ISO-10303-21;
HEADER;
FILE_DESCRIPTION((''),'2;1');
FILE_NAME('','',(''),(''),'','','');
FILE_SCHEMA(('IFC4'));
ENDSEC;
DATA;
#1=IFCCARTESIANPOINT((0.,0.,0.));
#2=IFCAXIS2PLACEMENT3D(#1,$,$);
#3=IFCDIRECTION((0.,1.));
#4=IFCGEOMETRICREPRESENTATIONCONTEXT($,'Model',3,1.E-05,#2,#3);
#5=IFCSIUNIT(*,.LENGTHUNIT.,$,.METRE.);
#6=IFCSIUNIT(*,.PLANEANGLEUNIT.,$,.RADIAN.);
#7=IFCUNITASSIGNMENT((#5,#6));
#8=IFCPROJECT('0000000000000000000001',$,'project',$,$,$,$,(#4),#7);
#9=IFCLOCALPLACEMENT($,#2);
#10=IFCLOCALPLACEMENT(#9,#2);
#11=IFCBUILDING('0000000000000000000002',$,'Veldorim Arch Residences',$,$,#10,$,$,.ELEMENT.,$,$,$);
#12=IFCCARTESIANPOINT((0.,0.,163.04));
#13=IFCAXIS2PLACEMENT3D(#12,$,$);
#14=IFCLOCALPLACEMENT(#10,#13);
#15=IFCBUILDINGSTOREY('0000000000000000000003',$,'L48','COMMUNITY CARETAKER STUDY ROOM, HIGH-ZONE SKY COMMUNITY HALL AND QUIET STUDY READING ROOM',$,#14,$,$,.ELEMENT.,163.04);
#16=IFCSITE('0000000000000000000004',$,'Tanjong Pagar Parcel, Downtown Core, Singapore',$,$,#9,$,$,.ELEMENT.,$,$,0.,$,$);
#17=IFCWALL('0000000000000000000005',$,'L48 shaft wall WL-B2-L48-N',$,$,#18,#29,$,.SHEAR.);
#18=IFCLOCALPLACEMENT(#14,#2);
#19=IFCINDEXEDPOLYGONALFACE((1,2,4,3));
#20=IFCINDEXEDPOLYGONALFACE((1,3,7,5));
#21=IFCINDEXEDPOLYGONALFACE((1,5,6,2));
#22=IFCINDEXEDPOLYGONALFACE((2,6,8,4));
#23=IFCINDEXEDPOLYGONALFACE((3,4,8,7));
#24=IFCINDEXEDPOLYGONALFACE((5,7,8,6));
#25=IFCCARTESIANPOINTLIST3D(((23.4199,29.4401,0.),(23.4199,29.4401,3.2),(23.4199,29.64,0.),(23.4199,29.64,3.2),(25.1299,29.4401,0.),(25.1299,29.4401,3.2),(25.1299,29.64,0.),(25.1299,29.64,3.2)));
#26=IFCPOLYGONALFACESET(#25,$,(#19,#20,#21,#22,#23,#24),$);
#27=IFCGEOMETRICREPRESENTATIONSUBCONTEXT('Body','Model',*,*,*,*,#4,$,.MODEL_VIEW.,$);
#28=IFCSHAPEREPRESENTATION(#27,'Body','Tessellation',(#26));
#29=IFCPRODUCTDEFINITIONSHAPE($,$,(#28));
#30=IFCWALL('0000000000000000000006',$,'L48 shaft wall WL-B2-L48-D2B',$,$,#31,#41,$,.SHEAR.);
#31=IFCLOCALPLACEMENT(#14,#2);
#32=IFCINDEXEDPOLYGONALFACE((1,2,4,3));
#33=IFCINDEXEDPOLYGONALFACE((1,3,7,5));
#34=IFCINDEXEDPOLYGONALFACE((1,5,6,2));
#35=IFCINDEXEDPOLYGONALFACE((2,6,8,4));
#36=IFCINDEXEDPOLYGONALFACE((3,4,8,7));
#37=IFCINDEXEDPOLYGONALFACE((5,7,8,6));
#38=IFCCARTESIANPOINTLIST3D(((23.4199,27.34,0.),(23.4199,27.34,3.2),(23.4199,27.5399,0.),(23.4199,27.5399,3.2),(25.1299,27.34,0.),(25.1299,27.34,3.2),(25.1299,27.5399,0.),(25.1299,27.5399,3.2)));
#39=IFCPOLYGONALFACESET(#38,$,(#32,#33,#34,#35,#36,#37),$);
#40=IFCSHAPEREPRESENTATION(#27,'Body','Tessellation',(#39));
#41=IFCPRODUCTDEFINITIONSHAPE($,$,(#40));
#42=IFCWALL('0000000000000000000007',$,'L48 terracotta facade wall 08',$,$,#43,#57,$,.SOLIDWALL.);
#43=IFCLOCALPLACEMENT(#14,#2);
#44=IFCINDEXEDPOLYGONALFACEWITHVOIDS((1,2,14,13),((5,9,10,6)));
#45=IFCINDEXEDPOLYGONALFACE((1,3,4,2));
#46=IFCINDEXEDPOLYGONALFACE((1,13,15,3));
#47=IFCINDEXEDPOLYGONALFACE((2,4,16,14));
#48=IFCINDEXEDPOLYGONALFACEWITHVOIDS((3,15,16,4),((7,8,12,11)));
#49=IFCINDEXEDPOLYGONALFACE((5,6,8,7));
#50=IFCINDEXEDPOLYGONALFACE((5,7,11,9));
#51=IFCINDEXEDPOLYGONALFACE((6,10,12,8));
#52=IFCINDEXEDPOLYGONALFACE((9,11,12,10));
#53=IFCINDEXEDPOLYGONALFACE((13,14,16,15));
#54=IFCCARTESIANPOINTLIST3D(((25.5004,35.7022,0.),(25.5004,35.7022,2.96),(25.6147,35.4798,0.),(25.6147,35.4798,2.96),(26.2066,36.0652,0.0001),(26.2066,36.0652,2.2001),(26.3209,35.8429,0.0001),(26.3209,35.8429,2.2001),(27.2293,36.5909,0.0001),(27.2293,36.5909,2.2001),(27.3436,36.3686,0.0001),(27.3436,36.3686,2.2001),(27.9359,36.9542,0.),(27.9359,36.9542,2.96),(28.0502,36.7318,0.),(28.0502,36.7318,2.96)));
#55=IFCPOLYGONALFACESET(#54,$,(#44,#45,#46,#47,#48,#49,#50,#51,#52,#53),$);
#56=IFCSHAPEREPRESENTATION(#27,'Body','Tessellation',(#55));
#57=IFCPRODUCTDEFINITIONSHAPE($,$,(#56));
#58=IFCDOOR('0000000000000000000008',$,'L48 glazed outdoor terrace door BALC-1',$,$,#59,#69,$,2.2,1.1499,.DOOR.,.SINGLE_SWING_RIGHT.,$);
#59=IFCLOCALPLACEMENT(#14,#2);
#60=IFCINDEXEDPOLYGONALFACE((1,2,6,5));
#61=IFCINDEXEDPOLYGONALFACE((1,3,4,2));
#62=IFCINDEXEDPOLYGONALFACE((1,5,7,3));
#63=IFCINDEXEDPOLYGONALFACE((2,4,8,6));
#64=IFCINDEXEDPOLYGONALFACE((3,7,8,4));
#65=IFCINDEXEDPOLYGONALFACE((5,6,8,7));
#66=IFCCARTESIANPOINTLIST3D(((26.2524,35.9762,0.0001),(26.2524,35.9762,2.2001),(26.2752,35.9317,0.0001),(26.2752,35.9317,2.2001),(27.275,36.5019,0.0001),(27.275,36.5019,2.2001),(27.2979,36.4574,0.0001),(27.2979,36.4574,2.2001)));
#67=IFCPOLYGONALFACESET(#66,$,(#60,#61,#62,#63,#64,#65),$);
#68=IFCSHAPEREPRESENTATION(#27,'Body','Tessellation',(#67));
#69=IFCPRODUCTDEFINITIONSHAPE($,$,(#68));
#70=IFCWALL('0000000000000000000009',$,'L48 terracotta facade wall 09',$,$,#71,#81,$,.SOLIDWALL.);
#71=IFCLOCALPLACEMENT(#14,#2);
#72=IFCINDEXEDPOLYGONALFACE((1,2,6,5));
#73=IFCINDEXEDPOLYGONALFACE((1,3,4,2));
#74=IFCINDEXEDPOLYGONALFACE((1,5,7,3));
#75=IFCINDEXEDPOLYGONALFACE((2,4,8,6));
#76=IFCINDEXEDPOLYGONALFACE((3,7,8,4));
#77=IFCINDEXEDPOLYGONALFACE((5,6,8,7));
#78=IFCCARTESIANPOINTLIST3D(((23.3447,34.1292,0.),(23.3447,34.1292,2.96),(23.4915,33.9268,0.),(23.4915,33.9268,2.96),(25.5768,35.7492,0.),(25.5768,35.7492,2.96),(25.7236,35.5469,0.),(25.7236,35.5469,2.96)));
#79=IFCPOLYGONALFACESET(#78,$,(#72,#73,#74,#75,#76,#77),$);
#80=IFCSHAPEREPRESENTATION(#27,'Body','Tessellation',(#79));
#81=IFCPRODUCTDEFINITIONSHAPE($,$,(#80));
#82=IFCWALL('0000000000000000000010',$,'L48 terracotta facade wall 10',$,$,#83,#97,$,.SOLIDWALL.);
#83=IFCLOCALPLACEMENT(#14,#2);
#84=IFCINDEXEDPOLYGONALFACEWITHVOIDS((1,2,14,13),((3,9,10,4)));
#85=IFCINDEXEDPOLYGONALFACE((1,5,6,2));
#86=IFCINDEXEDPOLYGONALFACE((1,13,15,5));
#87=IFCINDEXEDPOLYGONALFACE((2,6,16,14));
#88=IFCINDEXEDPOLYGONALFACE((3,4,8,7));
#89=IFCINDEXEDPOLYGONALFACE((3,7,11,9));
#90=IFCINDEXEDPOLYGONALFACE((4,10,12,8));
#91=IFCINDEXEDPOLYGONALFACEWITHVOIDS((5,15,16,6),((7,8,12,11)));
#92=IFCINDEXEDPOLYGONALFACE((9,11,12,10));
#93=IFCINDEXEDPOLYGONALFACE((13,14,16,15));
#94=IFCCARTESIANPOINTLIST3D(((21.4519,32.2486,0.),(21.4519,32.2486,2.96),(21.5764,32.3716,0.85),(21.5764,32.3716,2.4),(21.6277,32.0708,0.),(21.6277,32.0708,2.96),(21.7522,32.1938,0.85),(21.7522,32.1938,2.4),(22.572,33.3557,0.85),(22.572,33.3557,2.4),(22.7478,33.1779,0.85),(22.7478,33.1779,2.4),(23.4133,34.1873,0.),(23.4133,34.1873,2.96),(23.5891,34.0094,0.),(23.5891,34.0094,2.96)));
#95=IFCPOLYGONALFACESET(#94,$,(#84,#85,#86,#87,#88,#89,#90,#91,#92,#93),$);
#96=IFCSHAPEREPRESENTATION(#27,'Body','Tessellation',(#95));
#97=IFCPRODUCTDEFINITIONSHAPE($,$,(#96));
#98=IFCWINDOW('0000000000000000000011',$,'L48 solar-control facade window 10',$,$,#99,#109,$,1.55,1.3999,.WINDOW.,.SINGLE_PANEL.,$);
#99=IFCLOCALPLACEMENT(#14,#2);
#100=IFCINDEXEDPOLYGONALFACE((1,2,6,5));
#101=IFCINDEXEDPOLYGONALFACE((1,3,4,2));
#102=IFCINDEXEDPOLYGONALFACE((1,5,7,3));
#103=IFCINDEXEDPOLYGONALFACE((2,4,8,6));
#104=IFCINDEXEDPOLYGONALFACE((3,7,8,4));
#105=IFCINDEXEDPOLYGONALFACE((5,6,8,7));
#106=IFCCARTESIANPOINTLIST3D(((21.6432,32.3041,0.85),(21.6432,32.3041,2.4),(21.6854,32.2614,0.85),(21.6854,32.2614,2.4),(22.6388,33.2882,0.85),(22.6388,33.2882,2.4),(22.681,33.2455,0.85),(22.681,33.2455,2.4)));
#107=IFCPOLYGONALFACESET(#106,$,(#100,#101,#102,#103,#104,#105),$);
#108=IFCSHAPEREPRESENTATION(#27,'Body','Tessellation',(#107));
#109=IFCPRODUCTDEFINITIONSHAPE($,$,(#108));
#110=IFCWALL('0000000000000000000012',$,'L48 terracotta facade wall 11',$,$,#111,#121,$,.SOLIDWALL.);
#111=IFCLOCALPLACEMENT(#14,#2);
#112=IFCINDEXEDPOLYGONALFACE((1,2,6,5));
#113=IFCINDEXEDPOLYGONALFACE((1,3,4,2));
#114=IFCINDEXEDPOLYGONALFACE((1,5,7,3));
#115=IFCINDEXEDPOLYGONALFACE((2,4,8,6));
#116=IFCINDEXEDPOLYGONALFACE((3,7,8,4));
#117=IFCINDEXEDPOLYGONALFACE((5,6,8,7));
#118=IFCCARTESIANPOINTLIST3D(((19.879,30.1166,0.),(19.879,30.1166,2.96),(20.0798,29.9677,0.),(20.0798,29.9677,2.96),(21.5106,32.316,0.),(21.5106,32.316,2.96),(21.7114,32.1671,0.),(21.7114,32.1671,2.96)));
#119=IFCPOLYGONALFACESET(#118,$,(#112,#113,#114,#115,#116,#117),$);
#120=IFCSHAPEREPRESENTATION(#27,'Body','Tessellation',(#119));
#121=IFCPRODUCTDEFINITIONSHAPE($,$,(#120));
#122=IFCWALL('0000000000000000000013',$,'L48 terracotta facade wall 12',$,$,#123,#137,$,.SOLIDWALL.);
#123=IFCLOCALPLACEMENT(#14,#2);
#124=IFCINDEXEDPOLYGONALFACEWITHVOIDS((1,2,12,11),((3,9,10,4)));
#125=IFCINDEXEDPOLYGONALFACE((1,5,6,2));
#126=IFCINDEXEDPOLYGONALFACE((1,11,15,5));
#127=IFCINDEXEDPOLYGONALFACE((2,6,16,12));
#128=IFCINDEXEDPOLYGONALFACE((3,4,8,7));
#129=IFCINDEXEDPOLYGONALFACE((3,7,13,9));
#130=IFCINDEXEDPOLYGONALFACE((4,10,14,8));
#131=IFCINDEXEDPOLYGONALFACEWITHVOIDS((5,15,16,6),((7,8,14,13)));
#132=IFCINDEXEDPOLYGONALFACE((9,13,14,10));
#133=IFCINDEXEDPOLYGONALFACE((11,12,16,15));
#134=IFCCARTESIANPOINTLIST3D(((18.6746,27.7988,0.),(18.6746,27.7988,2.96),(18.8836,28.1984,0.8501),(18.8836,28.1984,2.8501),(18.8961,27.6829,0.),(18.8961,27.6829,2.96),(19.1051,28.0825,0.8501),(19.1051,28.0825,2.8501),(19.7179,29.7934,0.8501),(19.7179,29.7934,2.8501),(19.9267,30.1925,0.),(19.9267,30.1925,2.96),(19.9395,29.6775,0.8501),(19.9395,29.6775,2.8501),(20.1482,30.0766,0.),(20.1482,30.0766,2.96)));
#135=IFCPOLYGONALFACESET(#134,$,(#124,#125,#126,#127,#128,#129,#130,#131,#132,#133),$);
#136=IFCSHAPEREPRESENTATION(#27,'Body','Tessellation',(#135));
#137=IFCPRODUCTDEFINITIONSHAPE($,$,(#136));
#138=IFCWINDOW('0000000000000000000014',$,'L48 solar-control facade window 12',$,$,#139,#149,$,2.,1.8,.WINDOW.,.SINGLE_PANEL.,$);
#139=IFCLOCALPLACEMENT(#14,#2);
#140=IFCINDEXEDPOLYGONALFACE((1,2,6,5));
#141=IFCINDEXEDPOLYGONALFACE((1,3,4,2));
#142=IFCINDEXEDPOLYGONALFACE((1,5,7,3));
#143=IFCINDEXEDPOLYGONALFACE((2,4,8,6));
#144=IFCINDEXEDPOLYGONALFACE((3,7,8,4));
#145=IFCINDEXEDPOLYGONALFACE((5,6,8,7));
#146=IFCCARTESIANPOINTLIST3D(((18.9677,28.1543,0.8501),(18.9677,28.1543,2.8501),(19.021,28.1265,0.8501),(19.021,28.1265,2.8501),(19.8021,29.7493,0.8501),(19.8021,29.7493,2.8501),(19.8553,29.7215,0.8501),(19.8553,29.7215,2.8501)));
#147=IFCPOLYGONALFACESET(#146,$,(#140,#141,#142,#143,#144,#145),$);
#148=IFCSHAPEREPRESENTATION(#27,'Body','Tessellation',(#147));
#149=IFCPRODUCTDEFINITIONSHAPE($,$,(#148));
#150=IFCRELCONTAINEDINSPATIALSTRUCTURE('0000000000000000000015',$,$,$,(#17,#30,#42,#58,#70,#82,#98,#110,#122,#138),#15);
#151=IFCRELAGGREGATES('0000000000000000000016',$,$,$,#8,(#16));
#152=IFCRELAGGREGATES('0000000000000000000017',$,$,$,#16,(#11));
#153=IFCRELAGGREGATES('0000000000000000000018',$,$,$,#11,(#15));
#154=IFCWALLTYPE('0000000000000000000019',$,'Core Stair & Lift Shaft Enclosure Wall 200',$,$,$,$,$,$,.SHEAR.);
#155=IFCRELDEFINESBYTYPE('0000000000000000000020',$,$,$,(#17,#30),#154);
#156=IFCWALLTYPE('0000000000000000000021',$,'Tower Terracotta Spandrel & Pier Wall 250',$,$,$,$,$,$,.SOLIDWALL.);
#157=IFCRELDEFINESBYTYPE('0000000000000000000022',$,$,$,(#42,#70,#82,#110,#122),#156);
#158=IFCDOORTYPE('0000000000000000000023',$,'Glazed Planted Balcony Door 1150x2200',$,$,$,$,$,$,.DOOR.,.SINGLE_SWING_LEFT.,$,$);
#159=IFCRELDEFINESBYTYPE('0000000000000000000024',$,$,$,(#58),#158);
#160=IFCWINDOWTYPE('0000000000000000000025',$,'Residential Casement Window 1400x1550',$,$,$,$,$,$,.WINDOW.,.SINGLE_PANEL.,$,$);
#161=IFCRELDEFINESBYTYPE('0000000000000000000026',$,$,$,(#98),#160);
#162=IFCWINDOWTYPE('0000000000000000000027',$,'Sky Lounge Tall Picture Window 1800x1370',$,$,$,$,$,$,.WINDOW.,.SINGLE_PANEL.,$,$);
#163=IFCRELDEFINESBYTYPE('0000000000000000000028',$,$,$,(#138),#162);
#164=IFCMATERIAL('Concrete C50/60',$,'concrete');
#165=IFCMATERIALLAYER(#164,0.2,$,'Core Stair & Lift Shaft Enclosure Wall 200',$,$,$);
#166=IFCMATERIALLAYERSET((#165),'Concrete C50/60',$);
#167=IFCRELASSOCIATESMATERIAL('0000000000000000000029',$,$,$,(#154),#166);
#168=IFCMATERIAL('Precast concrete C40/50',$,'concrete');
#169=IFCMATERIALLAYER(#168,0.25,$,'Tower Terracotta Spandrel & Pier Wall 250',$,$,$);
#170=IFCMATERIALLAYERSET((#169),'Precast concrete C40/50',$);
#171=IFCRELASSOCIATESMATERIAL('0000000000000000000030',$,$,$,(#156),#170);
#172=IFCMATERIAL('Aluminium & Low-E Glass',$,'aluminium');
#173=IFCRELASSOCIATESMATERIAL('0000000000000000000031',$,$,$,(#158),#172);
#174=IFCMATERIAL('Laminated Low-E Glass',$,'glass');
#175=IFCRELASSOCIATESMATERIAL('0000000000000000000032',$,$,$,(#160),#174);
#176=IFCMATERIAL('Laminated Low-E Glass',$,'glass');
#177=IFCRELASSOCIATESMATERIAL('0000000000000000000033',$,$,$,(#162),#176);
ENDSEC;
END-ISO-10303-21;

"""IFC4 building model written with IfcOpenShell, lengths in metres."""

from ifc_helpers import new_model, si_unit, direction, frame, frame_2d, origin, place, context, subcontext, project, spatial, rectangle, extrude, material, layer, layer_set, type_object, element, fill, save


model = new_model("IFC4")

# Units and contexts
model_context = context("Model", 3, precision=1e-05, world=origin(), true_north=direction((0.0, 1.0)))
body_context = subcontext(model_context, "Body", "Model", "MODEL_VIEW")
ifc_project = project(units=[si_unit("LENGTHUNIT", "METRE"), si_unit("PLANEANGLEUNIT", "RADIAN")], contexts=[model_context])

# Site, building, storey
site_placement = place(None, origin())
site = spatial("IfcSite", under=ifc_project, at=site_placement, Name="Tanjong Pagar Parcel, Downtown Core, Singapore", CompositionType="ELEMENT", RefElevation=0.0)
building_placement = place(site_placement, origin())
building = spatial("IfcBuilding", under=site, at=building_placement, Name="Veldorim Arch Residences", CompositionType="ELEMENT")
storey_placement = place(building_placement, frame((0.0, 0.0, 163.04)))
storey = spatial("IfcBuildingStorey", under=building, at=storey_placement, Name="L48", Description="COMMUNITY CARETAKER STUDY ROOM, HIGH-ZONE SKY COMMUNITY HALL AND QUIET STUDY READING ROOM", CompositionType="ELEMENT", Elevation=163.04)

# Walls
ifc_material_1 = material(Name="Concrete C50/60", Category="concrete")
ifc_layer_1 = layer(ifc_material_1, 0.2, Name="Core Stair & Lift Shaft Enclosure Wall 200")
ifc_layer_set_1 = layer_set([ifc_layer_1], Name="Concrete C50/60")
wall_type_1 = type_object("IfcWallType", Name="Core Stair & Lift Shaft Enclosure Wall 200", PredefinedType="SHEAR", material=ifc_layer_set_1)
for number, where, z_axis, x_axis, name in (
    (1, (23.4199, 29.54, 0.0), (0.0, 0.0, 1.0), (1.0, 0.0, 0.0), "L48 shaft wall WL-B2-L48-N"),
    (2, (23.4199, 27.4399, 0.0), (0.0, 0.0, 1.0), (1.0, 0.0, 0.0), "L48 shaft wall WL-B2-L48-D2B"),
):
    element("IfcWall", number, at=place(storey_placement, frame(where, z_axis=z_axis, x_axis=x_axis)), inside=storey, type_object=wall_type_1, Name=name, PredefinedType="SHEAR", context=body_context, shape_type="SweptSolid", body=[
        extrude(rectangle(XDim=1.71, YDim=0.2, at=frame_2d((0.855, 0.0))), origin(), (0.0, 0.0, 1.0), 3.2),
    ])

# Wall, opening, door
ifc_material_2 = material(Name="Precast concrete C40/50", Category="concrete")
ifc_layer_2 = layer(ifc_material_2, 0.25, Name="Tower Terracotta Spandrel & Pier Wall 250")
ifc_layer_set_2 = layer_set([ifc_layer_2], Name="Precast concrete C40/50")
wall_type_2 = type_object("IfcWallType", Name="Tower Terracotta Spandrel & Pier Wall 250", PredefinedType="SOLIDWALL", material=ifc_layer_set_2)
wall_1_placement = place(storey_placement, frame((25.5576, 35.5911, 0.0), z_axis=(0.0, 0.0, 1.0), x_axis=(0.889379, 0.457171, 0.0)))
wall_1 = element("IfcWall", 3, at=wall_1_placement, inside=storey, type_object=wall_type_2, Name="L48 terracotta facade wall 08", PredefinedType="SOLIDWALL", context=body_context, shape_type="SweptSolid", body=[
    extrude(rectangle(XDim=2.7385, YDim=0.25, at=frame_2d((1.3691, 0.0))), origin(), (0.0, 0.0, 1.0), 2.96),
])
opening_1_placement = place(wall_1_placement, frame((0.7939, 0.0, 0.0)))
opening_1 = element("IfcOpeningElement", 4, at=opening_1_placement, cuts=wall_1, PredefinedType="OPENING", context=body_context, shape_type="SweptSolid", body=[
    extrude(rectangle(XDim=1.1499, YDim=2.2, at=frame_2d((0.575, 1.1001))), frame((0.0, 0.135, 0.0), z_axis=(0.0, -1.0, 0.0), x_axis=(1.0, 0.0, 0.0)), (0.0, 0.0, 1.0), 0.27),
])
ifc_material_3 = material(Name="Aluminium & Low-E Glass", Category="aluminium")
door_type_1 = type_object("IfcDoorType", Name="Glazed Planted Balcony Door 1150x2200", OperationType="SINGLE_SWING_LEFT", PredefinedType="DOOR", material=ifc_material_3)
door_1_placement = place(opening_1_placement, origin())
door_1 = element("IfcDoor", 5, at=door_1_placement, inside=storey, type_object=door_type_1, Name="L48 glazed outdoor terrace door BALC-1", OperationType="SINGLE_SWING_RIGHT", OverallHeight=2.2, OverallWidth=1.1499, PredefinedType="DOOR", context=body_context, shape_type="SweptSolid", body=[
    extrude(rectangle(XDim=1.1499, YDim=2.2, at=frame_2d((0.575, 1.1001))), frame((0.0, 0.0249, 0.0), z_axis=(0.0, -1.0, 0.0), x_axis=(1.0, 0.0, 0.0)), (0.0, 0.0, 1.0), 0.05),
])
fill(opening_1, door_1)

# Wall
wall_2_placement = place(storey_placement, frame((23.4182, 34.0281, 0.0), z_axis=(0.0, 0.0, 1.0), x_axis=(0.809302, 0.587392, 0.0)))
element("IfcWall", 6, at=wall_2_placement, inside=storey, type_object=wall_type_2, Name="L48 terracotta facade wall 09", PredefinedType="SOLIDWALL", context=body_context, shape_type="SweptSolid", body=[
    extrude(rectangle(XDim=2.7581, YDim=0.25, at=frame_2d((1.3789, 0.0))), origin(), (0.0, 0.0, 1.0), 2.96),
])

# Wall, opening, window
wall_3_placement = place(storey_placement, frame((21.5398, 32.1597, 0.0), z_axis=(0.0, 0.0, 1.0), x_axis=(0.711211, 0.702978, 0.0)))
wall_3 = element("IfcWall", 7, at=wall_3_placement, inside=storey, type_object=wall_type_2, Name="L48 terracotta facade wall 10", PredefinedType="SOLIDWALL", context=body_context, shape_type="SweptSolid", body=[
    extrude(rectangle(XDim=2.7578, YDim=0.25, at=frame_2d((1.3789, 0.0))), origin(), (0.0, 0.0, 1.0), 2.96),
])
opening_2_placement = place(wall_3_placement, frame((0.175, 0.0, 0.8501)))
opening_2 = element("IfcOpeningElement", 8, at=opening_2_placement, cuts=wall_3, PredefinedType="OPENING", context=body_context, shape_type="SweptSolid", body=[
    extrude(rectangle(XDim=1.3999, YDim=1.55, at=frame_2d((0.7, 0.7749))), frame((0.0, 0.135, 0.0), z_axis=(0.0, -1.0, 0.0), x_axis=(1.0, 0.0, 0.0)), (0.0, 0.0, 1.0), 0.27),
])
ifc_material_4 = material(Name="Laminated Low-E Glass", Category="glass")
window_type_1 = type_object("IfcWindowType", Name="Residential Casement Window 1400x1550", PartitioningType="SINGLE_PANEL", PredefinedType="WINDOW", material=ifc_material_4)
window_1_placement = place(opening_2_placement, origin())
window_1 = element("IfcWindow", 9, at=window_1_placement, inside=storey, type_object=window_type_1, Name="L48 solar-control facade window 10", OverallHeight=1.55, OverallWidth=1.3999, PartitioningType="SINGLE_PANEL", PredefinedType="WINDOW", context=body_context, shape_type="SweptSolid", body=[
    extrude(rectangle(XDim=1.3999, YDim=1.55, at=frame_2d((0.7, 0.7749))), frame((0.0, 0.03, 0.0), z_axis=(0.0, -1.0, 0.0), x_axis=(1.0, 0.0, 0.0)), (0.0, 0.0, 1.0), 0.0601),
])
fill(opening_2, window_1)

# Wall
wall_4_placement = place(storey_placement, frame((19.9795, 30.0422, 0.0), z_axis=(0.0, 0.0, 1.0), x_axis=(0.595784, 0.803145, 0.0)))
element("IfcWall", 10, at=wall_4_placement, inside=storey, type_object=wall_type_2, Name="L48 terracotta facade wall 11", PredefinedType="SOLIDWALL", context=body_context, shape_type="SweptSolid", body=[
    extrude(rectangle(XDim=2.7385, YDim=0.25, at=frame_2d((1.3691, 0.0))), origin(), (0.0, 0.0, 1.0), 2.96),
])

# Wall, opening, window
wall_5_placement = place(storey_placement, frame((18.7854, 27.741, 0.0), z_axis=(0.0, 0.0, 1.0), x_axis=(0.463514, 0.88609, 0.0)))
wall_5 = element("IfcWall", 11, at=wall_5_placement, inside=storey, type_object=wall_type_2, Name="L48 terracotta facade wall 12", PredefinedType="SOLIDWALL", context=body_context, shape_type="SweptSolid", body=[
    extrude(rectangle(XDim=2.7014, YDim=0.25, at=frame_2d((1.3506, 0.0))), origin(), (0.0, 0.0, 1.0), 2.96),
])
opening_3_placement = place(wall_5_placement, frame((0.4509, 0.0, 0.8501)))
opening_3 = element("IfcOpeningElement", 12, at=opening_3_placement, cuts=wall_5, PredefinedType="OPENING", context=body_context, shape_type="SweptSolid", body=[
    extrude(rectangle(XDim=1.8, YDim=2.0, at=frame_2d((0.8999, 1.0))), frame((0.0, 0.135, 0.0), z_axis=(0.0, -1.0, 0.0), x_axis=(1.0, 0.0, 0.0)), (0.0, 0.0, 1.0), 0.27),
])
ifc_material_5 = material(Name="Laminated Low-E Glass", Category="glass")
window_type_2 = type_object("IfcWindowType", Name="Sky Lounge Tall Picture Window 1800x1370", PartitioningType="SINGLE_PANEL", PredefinedType="WINDOW", material=ifc_material_5)
window_2_placement = place(opening_3_placement, origin())
window_2 = element("IfcWindow", 13, at=window_2_placement, inside=storey, type_object=window_type_2, Name="L48 solar-control facade window 12", OverallHeight=2.0, OverallWidth=1.8, PartitioningType="SINGLE_PANEL", PredefinedType="WINDOW", context=body_context, shape_type="SweptSolid", body=[
    extrude(rectangle(XDim=1.8, YDim=2.0, at=frame_2d((0.8999, 1.0))), frame((0.0, 0.03, 0.0), z_axis=(0.0, -1.0, 0.0), x_axis=(1.0, 0.0, 0.0)), (0.0, 0.0, 1.0), 0.0601),
])
fill(opening_3, window_2)

save(model, "model.ifc")
